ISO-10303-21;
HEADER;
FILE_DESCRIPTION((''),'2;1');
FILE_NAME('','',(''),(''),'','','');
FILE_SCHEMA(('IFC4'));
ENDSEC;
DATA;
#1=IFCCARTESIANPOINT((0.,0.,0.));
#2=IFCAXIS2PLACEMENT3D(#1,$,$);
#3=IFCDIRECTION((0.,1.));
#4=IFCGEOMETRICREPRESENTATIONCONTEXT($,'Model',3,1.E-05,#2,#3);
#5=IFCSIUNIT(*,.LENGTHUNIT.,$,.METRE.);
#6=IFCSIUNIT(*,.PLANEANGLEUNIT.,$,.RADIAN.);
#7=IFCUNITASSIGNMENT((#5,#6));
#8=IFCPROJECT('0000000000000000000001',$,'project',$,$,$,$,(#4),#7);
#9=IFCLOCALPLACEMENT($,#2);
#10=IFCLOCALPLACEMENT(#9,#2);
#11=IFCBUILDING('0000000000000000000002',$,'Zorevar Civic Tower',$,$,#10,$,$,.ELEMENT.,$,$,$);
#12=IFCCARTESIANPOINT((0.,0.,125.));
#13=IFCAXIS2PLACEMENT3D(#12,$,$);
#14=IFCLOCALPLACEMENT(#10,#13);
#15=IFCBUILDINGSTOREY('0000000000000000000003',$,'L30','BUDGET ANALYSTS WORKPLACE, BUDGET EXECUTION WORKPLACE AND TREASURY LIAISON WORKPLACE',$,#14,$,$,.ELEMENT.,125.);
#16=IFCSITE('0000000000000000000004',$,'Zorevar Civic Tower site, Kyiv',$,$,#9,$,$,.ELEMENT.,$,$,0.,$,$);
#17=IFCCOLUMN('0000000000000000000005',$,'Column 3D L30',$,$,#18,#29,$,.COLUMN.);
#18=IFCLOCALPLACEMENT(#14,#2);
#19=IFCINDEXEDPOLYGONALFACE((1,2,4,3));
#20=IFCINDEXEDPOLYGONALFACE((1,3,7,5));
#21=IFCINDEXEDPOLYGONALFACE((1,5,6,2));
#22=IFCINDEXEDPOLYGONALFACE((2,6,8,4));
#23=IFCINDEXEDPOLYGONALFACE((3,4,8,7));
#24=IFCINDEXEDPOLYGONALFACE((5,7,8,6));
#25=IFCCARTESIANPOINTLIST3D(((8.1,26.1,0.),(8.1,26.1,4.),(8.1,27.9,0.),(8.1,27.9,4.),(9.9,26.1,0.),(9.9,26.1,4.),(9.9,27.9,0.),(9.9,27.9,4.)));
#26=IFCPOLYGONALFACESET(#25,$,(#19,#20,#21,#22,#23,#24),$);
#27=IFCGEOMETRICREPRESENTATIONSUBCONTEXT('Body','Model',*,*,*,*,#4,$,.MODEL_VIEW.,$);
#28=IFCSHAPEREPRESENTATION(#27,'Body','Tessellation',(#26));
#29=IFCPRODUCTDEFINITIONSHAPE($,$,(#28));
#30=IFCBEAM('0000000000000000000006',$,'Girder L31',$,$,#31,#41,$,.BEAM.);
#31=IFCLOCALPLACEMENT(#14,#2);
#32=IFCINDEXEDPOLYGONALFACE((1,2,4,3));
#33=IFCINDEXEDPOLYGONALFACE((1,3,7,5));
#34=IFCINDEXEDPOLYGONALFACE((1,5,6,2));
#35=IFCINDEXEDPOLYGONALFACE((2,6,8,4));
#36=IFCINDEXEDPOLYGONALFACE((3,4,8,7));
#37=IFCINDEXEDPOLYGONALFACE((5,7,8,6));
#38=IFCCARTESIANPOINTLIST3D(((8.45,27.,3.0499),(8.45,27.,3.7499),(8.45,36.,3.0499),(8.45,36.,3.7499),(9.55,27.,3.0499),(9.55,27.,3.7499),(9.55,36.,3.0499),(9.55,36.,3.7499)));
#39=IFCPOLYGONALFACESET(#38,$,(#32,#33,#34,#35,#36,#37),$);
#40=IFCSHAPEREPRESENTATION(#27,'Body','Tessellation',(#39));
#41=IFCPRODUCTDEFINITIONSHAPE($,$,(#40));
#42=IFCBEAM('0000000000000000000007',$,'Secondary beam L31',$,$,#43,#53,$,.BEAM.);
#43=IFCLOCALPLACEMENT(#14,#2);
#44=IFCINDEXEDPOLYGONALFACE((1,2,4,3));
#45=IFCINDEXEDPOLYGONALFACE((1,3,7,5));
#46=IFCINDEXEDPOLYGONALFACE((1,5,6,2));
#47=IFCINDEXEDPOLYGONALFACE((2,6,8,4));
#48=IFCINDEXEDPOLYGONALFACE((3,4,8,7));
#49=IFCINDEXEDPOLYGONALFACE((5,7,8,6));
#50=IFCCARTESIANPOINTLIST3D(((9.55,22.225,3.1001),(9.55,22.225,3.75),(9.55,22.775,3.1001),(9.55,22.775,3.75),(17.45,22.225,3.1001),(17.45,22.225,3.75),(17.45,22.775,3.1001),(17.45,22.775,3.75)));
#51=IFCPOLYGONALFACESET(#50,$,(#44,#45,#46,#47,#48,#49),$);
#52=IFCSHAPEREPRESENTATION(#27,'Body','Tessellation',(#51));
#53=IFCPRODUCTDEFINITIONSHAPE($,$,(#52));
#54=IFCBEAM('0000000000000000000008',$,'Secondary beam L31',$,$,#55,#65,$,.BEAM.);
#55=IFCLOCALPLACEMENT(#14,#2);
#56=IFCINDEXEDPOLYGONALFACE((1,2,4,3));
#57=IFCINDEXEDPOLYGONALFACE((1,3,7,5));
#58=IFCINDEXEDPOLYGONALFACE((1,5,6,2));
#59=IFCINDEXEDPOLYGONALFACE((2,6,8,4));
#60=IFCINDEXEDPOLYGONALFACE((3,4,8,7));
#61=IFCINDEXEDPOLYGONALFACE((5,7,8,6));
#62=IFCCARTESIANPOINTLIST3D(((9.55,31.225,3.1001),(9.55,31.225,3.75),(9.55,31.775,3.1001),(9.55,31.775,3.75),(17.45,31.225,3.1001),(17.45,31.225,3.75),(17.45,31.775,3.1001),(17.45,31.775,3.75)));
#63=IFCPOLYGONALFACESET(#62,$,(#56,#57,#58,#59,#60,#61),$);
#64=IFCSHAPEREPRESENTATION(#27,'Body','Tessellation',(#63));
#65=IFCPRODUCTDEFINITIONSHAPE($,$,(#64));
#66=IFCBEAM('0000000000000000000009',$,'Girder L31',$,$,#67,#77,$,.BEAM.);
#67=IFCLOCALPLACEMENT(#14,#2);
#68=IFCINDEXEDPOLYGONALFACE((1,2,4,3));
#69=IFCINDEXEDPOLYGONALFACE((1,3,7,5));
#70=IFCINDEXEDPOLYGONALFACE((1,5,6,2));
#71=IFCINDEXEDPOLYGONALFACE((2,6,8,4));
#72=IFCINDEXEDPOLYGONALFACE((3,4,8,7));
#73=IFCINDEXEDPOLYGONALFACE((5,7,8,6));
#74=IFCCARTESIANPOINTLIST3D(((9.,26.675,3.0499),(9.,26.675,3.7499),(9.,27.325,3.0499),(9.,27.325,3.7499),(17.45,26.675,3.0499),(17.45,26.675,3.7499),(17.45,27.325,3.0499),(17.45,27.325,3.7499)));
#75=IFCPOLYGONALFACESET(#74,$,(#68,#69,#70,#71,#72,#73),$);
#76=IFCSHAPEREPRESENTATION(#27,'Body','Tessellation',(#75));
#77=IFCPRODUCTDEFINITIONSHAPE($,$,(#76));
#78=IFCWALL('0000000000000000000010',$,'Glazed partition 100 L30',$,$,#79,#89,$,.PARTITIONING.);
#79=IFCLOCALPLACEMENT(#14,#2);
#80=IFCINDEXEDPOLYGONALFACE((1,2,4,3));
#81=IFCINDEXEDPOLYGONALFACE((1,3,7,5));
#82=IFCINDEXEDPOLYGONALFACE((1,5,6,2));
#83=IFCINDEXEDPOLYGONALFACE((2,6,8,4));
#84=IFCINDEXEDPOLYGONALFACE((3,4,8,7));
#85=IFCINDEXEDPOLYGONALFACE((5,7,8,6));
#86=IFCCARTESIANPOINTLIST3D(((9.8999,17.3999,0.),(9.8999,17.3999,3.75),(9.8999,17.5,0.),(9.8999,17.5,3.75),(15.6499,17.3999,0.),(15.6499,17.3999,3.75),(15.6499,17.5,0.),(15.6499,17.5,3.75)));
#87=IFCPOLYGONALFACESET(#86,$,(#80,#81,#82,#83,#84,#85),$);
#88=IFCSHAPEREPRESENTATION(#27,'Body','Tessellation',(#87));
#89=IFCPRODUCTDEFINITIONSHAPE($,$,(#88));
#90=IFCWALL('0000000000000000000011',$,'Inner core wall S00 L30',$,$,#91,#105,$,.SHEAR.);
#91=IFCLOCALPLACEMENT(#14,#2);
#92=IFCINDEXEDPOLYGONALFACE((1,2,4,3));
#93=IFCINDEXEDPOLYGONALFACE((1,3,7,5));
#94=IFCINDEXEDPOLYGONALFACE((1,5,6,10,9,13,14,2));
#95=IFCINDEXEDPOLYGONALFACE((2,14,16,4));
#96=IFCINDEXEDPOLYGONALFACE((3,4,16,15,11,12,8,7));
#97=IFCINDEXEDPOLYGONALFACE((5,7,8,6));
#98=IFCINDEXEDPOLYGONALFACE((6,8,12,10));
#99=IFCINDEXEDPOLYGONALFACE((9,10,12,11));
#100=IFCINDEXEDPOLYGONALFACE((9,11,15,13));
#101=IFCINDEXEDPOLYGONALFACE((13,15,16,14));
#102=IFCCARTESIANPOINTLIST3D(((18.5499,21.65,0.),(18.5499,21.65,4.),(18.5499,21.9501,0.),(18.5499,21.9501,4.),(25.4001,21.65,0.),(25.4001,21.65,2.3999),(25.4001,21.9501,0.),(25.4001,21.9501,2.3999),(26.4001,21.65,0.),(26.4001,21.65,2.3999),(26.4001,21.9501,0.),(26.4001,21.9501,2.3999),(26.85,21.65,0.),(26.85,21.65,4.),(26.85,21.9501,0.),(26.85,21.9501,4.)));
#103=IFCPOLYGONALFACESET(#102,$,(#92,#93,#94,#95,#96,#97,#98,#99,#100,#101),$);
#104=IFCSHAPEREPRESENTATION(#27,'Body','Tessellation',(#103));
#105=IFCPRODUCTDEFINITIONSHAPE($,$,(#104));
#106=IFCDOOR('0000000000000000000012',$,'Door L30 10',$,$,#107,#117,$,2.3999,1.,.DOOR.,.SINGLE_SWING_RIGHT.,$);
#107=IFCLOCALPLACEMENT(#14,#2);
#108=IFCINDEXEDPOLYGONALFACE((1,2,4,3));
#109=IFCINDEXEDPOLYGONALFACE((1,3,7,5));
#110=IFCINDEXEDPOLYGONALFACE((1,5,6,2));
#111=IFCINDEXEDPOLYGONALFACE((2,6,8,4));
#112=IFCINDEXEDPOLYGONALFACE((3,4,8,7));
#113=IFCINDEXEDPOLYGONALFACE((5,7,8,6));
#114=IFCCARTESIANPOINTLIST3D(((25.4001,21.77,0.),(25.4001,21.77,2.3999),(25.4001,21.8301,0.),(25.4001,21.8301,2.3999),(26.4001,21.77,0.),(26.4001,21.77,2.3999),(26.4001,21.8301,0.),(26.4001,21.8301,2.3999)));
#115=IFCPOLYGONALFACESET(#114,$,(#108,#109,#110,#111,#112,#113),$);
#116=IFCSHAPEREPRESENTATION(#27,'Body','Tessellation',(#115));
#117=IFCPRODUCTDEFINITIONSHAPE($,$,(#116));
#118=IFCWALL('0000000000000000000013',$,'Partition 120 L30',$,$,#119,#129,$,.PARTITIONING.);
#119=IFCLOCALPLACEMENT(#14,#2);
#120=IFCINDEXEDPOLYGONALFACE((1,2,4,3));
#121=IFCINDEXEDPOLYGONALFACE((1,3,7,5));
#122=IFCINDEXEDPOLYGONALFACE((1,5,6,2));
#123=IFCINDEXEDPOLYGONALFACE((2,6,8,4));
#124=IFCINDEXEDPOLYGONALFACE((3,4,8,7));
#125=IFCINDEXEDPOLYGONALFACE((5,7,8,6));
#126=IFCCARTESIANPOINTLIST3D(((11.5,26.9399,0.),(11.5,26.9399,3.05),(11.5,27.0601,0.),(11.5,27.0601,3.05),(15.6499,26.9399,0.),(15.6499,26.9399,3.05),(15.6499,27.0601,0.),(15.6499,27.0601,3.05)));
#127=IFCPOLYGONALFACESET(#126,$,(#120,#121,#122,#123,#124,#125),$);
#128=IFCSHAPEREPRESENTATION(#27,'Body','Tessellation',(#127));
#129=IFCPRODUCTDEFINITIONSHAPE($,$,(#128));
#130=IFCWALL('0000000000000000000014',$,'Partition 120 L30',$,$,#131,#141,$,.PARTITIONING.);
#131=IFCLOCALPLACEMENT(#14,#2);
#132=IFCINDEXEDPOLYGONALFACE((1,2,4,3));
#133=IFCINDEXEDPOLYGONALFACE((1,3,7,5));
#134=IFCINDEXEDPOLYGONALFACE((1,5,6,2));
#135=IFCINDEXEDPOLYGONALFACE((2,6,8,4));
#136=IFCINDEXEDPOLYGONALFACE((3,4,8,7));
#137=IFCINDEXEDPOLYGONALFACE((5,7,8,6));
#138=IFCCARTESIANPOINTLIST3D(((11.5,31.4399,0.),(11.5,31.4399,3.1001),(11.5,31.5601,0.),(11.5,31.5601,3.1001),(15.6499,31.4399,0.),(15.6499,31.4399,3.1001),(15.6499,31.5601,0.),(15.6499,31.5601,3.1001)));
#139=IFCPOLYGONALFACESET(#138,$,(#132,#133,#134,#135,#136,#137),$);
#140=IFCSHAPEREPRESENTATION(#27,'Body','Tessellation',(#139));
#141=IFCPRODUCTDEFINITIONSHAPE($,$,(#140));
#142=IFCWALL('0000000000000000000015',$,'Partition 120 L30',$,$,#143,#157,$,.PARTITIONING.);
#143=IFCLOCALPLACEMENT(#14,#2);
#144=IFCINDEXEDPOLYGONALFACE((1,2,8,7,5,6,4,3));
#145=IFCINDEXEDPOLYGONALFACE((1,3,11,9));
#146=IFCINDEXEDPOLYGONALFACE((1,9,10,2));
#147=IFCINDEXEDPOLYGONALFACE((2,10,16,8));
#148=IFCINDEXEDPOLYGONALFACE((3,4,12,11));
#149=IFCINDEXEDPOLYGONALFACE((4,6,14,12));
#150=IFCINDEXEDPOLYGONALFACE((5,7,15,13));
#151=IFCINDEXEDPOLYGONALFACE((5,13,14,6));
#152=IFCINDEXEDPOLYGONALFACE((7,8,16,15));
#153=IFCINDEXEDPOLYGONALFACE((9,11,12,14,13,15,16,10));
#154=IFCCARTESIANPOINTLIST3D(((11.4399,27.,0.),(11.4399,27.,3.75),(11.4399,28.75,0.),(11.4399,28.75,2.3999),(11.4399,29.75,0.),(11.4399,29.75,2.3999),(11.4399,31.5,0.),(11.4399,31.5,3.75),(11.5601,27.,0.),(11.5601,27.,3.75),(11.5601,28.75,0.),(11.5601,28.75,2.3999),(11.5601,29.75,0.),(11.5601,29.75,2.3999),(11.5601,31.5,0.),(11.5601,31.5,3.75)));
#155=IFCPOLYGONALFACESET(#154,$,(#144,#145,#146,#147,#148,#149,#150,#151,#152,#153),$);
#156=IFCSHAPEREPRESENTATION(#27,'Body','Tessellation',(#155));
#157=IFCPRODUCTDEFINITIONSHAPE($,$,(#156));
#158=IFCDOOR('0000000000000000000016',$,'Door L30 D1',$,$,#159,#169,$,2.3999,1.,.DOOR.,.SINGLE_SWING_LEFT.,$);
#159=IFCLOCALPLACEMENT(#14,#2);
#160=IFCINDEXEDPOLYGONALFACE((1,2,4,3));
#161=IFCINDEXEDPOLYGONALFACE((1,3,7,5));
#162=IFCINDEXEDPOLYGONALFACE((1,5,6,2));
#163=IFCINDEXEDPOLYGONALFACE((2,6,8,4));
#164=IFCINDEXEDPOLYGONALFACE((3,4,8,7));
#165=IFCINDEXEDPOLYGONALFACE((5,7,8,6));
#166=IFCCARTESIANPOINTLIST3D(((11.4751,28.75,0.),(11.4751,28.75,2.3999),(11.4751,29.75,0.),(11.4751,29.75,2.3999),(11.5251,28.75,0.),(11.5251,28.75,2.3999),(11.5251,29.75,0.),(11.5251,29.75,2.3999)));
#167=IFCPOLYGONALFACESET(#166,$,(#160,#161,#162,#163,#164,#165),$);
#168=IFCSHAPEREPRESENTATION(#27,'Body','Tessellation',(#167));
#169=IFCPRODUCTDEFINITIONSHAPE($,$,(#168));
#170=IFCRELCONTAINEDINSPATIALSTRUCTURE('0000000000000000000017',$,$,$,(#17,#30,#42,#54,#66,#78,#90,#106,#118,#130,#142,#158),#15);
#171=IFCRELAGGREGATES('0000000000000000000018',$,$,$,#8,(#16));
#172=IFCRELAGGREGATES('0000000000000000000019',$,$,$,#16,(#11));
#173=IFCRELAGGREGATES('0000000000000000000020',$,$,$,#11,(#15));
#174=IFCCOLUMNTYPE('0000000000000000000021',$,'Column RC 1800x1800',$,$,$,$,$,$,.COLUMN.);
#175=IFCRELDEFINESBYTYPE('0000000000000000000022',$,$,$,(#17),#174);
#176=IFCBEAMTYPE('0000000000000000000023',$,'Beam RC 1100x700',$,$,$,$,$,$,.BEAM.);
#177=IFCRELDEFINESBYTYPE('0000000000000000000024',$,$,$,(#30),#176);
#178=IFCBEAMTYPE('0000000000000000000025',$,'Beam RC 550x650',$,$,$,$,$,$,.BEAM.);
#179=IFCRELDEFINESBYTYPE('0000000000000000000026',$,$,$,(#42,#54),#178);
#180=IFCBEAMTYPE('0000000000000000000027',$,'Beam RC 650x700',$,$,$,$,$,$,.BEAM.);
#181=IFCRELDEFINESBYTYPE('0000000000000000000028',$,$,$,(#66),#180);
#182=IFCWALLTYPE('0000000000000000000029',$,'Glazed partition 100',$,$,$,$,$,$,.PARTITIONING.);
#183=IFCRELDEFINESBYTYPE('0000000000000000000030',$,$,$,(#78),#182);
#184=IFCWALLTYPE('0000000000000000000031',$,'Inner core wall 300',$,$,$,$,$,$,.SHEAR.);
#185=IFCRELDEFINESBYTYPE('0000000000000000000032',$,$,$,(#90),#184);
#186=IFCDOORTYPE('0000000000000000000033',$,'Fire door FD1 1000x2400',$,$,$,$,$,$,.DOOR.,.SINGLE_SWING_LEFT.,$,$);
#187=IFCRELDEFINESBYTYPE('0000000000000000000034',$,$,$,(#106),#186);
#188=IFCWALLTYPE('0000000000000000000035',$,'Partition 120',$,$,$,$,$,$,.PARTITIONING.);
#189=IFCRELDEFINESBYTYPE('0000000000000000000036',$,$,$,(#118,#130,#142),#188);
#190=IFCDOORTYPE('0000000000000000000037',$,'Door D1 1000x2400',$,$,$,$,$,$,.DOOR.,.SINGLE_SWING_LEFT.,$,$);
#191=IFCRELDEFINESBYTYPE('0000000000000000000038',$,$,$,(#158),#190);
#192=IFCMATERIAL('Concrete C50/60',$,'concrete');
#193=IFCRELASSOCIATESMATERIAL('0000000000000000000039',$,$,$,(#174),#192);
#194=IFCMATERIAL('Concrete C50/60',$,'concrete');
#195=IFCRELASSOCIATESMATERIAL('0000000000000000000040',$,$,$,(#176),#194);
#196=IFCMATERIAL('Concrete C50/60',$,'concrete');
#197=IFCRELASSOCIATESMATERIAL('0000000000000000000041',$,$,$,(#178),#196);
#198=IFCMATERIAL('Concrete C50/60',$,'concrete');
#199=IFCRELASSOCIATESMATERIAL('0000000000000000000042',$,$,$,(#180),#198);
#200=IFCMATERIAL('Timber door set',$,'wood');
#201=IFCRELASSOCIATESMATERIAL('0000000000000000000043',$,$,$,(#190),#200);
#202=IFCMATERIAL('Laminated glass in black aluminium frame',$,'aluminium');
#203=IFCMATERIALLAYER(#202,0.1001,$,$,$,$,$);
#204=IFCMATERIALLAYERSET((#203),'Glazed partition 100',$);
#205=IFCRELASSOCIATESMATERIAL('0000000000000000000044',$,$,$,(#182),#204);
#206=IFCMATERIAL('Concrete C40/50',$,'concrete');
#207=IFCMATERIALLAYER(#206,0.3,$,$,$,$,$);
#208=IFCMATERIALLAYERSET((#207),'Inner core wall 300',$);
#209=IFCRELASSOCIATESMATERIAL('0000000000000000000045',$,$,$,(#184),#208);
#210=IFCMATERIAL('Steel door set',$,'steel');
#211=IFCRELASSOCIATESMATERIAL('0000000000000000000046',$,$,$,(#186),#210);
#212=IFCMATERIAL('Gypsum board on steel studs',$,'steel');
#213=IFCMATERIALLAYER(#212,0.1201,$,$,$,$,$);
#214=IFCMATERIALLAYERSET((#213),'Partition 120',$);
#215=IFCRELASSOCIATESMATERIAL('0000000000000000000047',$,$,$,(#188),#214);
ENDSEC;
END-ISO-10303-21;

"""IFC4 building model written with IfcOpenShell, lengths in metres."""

from ifc_helpers import new_model, si_unit, direction, frame, frame_2d, origin, origin_2d, place, context, subcontext, project, spatial, rectangle, extrude, material, layer, layer_set, material_profile, profile_set, type_object, element, fill, save


model = new_model("IFC4")

# Units and contexts
model_context = context("Model", 3, precision=1e-05, world=origin(), true_north=direction((0.0, 1.0)))
body_context = subcontext(model_context, "Body", "Model", "MODEL_VIEW")
ifc_project = project(units=[si_unit("LENGTHUNIT", "METRE"), si_unit("PLANEANGLEUNIT", "RADIAN")], contexts=[model_context])

# Site, building, storey
site_placement = place(None, origin())
site = spatial("IfcSite", under=ifc_project, at=site_placement, Name="Zorevar Civic Tower site, Kyiv", CompositionType="ELEMENT", RefElevation=0.0)
building_placement = place(site_placement, origin())
building = spatial("IfcBuilding", under=site, at=building_placement, Name="Zorevar Civic Tower", CompositionType="ELEMENT")
storey_placement = place(building_placement, frame((0.0, 0.0, 125.0)))
storey = spatial("IfcBuildingStorey", under=building, at=storey_placement, Name="L30", Description="BUDGET ANALYSTS WORKPLACE, BUDGET EXECUTION WORKPLACE AND TREASURY LIAISON WORKPLACE", CompositionType="ELEMENT", Elevation=125.0)

# Column
ifc_material_1 = material(Name="Concrete C50/60", Category="concrete")
ifc_material_profile_1 = material_profile(ifc_material_1, rectangle(XDim=1.8, YDim=1.8, at=origin_2d()), Name="RC 1800x1800")
ifc_profile_set_1 = profile_set([ifc_material_profile_1], Name="Concrete C50/60")
column_type = type_object("IfcColumnType", Name="Column RC 1800x1800", PredefinedType="COLUMN", material=ifc_profile_set_1)
column_placement = place(storey_placement, frame((9.0, 27.0, 0.0), z_axis=(0.0, 0.0, 1.0), x_axis=(1.0, 0.0, 0.0)))
element("IfcColumn", 1, at=column_placement, inside=storey, type_object=column_type, Name="Column 3D L30", PredefinedType="COLUMN", context=body_context, shape_type="SweptSolid", body=[
    extrude(rectangle(XDim=1.8, YDim=1.8, at=origin_2d()), origin(), (0.0, 0.0, 1.0), 4.0),
])

# Beams
ifc_material_2 = material(Name="Concrete C50/60", Category="concrete")
ifc_material_profile_2 = material_profile(ifc_material_2, rectangle(XDim=1.1001, YDim=0.7, at=origin_2d()), Name="RC 1100x700")
ifc_profile_set_2 = profile_set([ifc_material_profile_2], Name="Concrete C50/60")
beam_type_1 = type_object("IfcBeamType", Name="Beam RC 1100x700", PredefinedType="BEAM", material=ifc_profile_set_2)
beam_1_placement = place(storey_placement, frame((9.0, 27.0, 3.3999), z_axis=(0.0, 1.0, 0.0), x_axis=(-1.0, 0.0, 0.0)))
element("IfcBeam", 2, at=beam_1_placement, inside=storey, type_object=beam_type_1, Name="Girder L31", PredefinedType="BEAM", context=body_context, shape_type="SweptSolid", body=[
    extrude(rectangle(XDim=1.1001, YDim=0.7, at=origin_2d()), origin(), (0.0, 0.0, 1.0), 9.0),
])
ifc_material_3 = material(Name="Concrete C50/60", Category="concrete")
ifc_material_profile_3 = material_profile(ifc_material_3, rectangle(XDim=0.55, YDim=0.6499, at=origin_2d()), Name="RC 550x650")
ifc_profile_set_3 = profile_set([ifc_material_profile_3], Name="Concrete C50/60")
beam_type_2 = type_object("IfcBeamType", Name="Beam RC 550x650", PredefinedType="BEAM", material=ifc_profile_set_3)
for number, where, z_axis, x_axis, name in (
    (3, (9.55, 22.5, 3.425), (1.0, 0.0, 0.0), (0.0, 1.0, 0.0), "Secondary beam L31"),
    (4, (9.55, 31.5, 3.425), (1.0, 0.0, 0.0), (0.0, 1.0, 0.0), "Secondary beam L31"),
):
    element("IfcBeam", number, at=place(storey_placement, frame(where, z_axis=z_axis, x_axis=x_axis)), inside=storey, type_object=beam_type_2, Name=name, PredefinedType="BEAM", context=body_context, shape_type="SweptSolid", body=[
        extrude(rectangle(XDim=0.55, YDim=0.6499, at=origin_2d()), origin(), (0.0, 0.0, 1.0), 7.8999),
    ])
ifc_material_4 = material(Name="Concrete C50/60", Category="concrete")
ifc_material_profile_4 = material_profile(ifc_material_4, rectangle(XDim=0.6499, YDim=0.7, at=origin_2d()), Name="RC 650x700")
ifc_profile_set_4 = profile_set([ifc_material_profile_4], Name="Concrete C50/60")
beam_type_3 = type_object("IfcBeamType", Name="Beam RC 650x700", PredefinedType="BEAM", material=ifc_profile_set_4)
beam_2_placement = place(storey_placement, frame((9.0, 27.0, 3.3999), z_axis=(1.0, 0.0, 0.0), x_axis=(0.0, 1.0, 0.0)))
element("IfcBeam", 5, at=beam_2_placement, inside=storey, type_object=beam_type_3, Name="Girder L31", PredefinedType="BEAM", context=body_context, shape_type="SweptSolid", body=[
    extrude(rectangle(XDim=0.6499, YDim=0.7, at=origin_2d()), origin(), (0.0, 0.0, 1.0), 8.45),
])

# Shared definitions
ifc_material_5 = material(Name="Timber door set", Category="wood")
door_type_1 = type_object("IfcDoorType", Name="Door D1 1000x2400", OperationType="SINGLE_SWING_LEFT", PredefinedType="DOOR", material=ifc_material_5)

# Wall
ifc_material_6 = material(Name="Laminated glass in black aluminium frame", Category="aluminium")
ifc_layer_1 = layer(ifc_material_6, 0.1001)
ifc_layer_set_1 = layer_set([ifc_layer_1], Name="Glazed partition 100")
wall_type_1 = type_object("IfcWallType", Name="Glazed partition 100", PredefinedType="PARTITIONING", material=ifc_layer_set_1)
wall_1_placement = place(storey_placement, frame((9.8999, 17.45, 0.0), z_axis=(0.0, 0.0, 1.0), x_axis=(1.0, 0.0, 0.0)))
element("IfcWall", 6, at=wall_1_placement, inside=storey, type_object=wall_type_1, Name="Glazed partition 100 L30", PredefinedType="PARTITIONING", context=body_context, shape_type="SweptSolid", body=[
    extrude(rectangle(XDim=5.75, YDim=0.1001, at=frame_2d((2.875, 0.0))), origin(), (0.0, 0.0, 1.0), 3.75),
])

# Wall, opening, door
ifc_material_7 = material(Name="Concrete C40/50", Category="concrete")
ifc_layer_2 = layer(ifc_material_7, 0.3)
ifc_layer_set_2 = layer_set([ifc_layer_2], Name="Inner core wall 300")
wall_type_2 = type_object("IfcWallType", Name="Inner core wall 300", PredefinedType="SHEAR", material=ifc_layer_set_2)
wall_2_placement = place(storey_placement, frame((18.55, 21.8, 0.0), z_axis=(0.0, 0.0, 1.0), x_axis=(1.0, 0.0, 0.0)))
wall_2 = element("IfcWall", 7, at=wall_2_placement, inside=storey, type_object=wall_type_2, Name="Inner core wall S00 L30", PredefinedType="SHEAR", context=body_context, shape_type="SweptSolid", body=[
    extrude(rectangle(XDim=8.3, YDim=0.3, at=frame_2d((4.1499, 0.0))), origin(), (0.0, 0.0, 1.0), 4.0),
])
opening_1_placement = place(wall_2_placement, frame((6.8501, 0.0, 0.0)))
opening_1 = element("IfcOpeningElement", 8, at=opening_1_placement, cuts=wall_2, PredefinedType="OPENING", context=body_context, shape_type="SweptSolid", body=[
    extrude(rectangle(XDim=1.0, YDim=2.3999, at=frame_2d((0.5, 1.2))), frame((0.0, 0.1599, 0.0), z_axis=(0.0, -1.0, 0.0), x_axis=(1.0, 0.0, 0.0)), (0.0, 0.0, 1.0), 0.3201),
])
ifc_material_8 = material(Name="Steel door set", Category="steel")
door_type_2 = type_object("IfcDoorType", Name="Fire door FD1 1000x2400", OperationType="SINGLE_SWING_LEFT", PredefinedType="DOOR", material=ifc_material_8)
door_1_placement = place(opening_1_placement, origin())
door_1 = element("IfcDoor", 9, at=door_1_placement, inside=storey, type_object=door_type_2, Name="Door L30 10", OperationType="SINGLE_SWING_RIGHT", OverallHeight=2.3999, OverallWidth=1.0, PredefinedType="DOOR", context=body_context, shape_type="SweptSolid", body=[
    extrude(rectangle(XDim=1.0, YDim=2.3999, at=frame_2d((0.5, 1.2))), frame((0.0, 0.03, 0.0), z_axis=(0.0, -1.0, 0.0), x_axis=(1.0, 0.0, 0.0)), (0.0, 0.0, 1.0), 0.0601),
])
fill(opening_1, door_1)

# Walls
ifc_material_9 = material(Name="Gypsum board on steel studs", Category="steel")
ifc_layer_3 = layer(ifc_material_9, 0.1201)
ifc_layer_set_3 = layer_set([ifc_layer_3], Name="Partition 120")
wall_type_3 = type_object("IfcWallType", Name="Partition 120", PredefinedType="PARTITIONING", material=ifc_layer_set_3)
wall_3_placement = place(storey_placement, frame((11.5, 27.0, 0.0), z_axis=(0.0, 0.0, 1.0), x_axis=(1.0, 0.0, 0.0)))
element("IfcWall", 10, at=wall_3_placement, inside=storey, type_object=wall_type_3, Name="Partition 120 L30", PredefinedType="PARTITIONING", context=body_context, shape_type="SweptSolid", body=[
    extrude(rectangle(XDim=4.1499, YDim=0.1201, at=frame_2d((2.075, 0.0))), origin(), (0.0, 0.0, 1.0), 3.05),
])
wall_4_placement = place(storey_placement, frame((11.5, 31.5, 0.0), z_axis=(0.0, 0.0, 1.0), x_axis=(1.0, 0.0, 0.0)))
element("IfcWall", 11, at=wall_4_placement, inside=storey, type_object=wall_type_3, Name="Partition 120 L30", PredefinedType="PARTITIONING", context=body_context, shape_type="SweptSolid", body=[
    extrude(rectangle(XDim=4.1499, YDim=0.1201, at=frame_2d((2.075, 0.0))), origin(), (0.0, 0.0, 1.0), 3.1001),
])

# Wall, opening, door
wall_5_placement = place(storey_placement, frame((11.5, 27.0, 0.0), z_axis=(0.0, 0.0, 1.0), x_axis=(0.0, 1.0, 0.0)))
wall_5 = element("IfcWall", 12, at=wall_5_placement, inside=storey, type_object=wall_type_3, Name="Partition 120 L30", PredefinedType="PARTITIONING", context=body_context, shape_type="SweptSolid", body=[
    extrude(rectangle(XDim=4.5, YDim=0.1201, at=frame_2d((2.25, 0.0))), origin(), (0.0, 0.0, 1.0), 3.75),
])
opening_2_placement = place(wall_5_placement, frame((1.75, 0.0, 0.0)))
opening_2 = element("IfcOpeningElement", 13, at=opening_2_placement, cuts=wall_5, PredefinedType="OPENING", context=body_context, shape_type="SweptSolid", body=[
    extrude(rectangle(XDim=1.0, YDim=2.3999, at=frame_2d((0.5, 1.2))), frame((0.0, 0.0701, 0.0), z_axis=(0.0, -1.0, 0.0), x_axis=(1.0, 0.0, 0.0)), (0.0, 0.0, 1.0), 0.1401),
])
door_2_placement = place(opening_2_placement, origin())
door_2 = element("IfcDoor", 14, at=door_2_placement, inside=storey, type_object=door_type_1, Name="Door L30 D1", OperationType="SINGLE_SWING_LEFT", OverallHeight=2.3999, OverallWidth=1.0, PredefinedType="DOOR", context=body_context, shape_type="SweptSolid", body=[
    extrude(rectangle(XDim=1.0, YDim=2.3999, at=frame_2d((0.5, 1.2))), frame((0.0, 0.0249, 0.0), z_axis=(0.0, -1.0, 0.0), x_axis=(1.0, 0.0, 0.0)), (0.0, 0.0, 1.0), 0.05),
])
fill(opening_2, door_2)

save(model, "model.ifc")
